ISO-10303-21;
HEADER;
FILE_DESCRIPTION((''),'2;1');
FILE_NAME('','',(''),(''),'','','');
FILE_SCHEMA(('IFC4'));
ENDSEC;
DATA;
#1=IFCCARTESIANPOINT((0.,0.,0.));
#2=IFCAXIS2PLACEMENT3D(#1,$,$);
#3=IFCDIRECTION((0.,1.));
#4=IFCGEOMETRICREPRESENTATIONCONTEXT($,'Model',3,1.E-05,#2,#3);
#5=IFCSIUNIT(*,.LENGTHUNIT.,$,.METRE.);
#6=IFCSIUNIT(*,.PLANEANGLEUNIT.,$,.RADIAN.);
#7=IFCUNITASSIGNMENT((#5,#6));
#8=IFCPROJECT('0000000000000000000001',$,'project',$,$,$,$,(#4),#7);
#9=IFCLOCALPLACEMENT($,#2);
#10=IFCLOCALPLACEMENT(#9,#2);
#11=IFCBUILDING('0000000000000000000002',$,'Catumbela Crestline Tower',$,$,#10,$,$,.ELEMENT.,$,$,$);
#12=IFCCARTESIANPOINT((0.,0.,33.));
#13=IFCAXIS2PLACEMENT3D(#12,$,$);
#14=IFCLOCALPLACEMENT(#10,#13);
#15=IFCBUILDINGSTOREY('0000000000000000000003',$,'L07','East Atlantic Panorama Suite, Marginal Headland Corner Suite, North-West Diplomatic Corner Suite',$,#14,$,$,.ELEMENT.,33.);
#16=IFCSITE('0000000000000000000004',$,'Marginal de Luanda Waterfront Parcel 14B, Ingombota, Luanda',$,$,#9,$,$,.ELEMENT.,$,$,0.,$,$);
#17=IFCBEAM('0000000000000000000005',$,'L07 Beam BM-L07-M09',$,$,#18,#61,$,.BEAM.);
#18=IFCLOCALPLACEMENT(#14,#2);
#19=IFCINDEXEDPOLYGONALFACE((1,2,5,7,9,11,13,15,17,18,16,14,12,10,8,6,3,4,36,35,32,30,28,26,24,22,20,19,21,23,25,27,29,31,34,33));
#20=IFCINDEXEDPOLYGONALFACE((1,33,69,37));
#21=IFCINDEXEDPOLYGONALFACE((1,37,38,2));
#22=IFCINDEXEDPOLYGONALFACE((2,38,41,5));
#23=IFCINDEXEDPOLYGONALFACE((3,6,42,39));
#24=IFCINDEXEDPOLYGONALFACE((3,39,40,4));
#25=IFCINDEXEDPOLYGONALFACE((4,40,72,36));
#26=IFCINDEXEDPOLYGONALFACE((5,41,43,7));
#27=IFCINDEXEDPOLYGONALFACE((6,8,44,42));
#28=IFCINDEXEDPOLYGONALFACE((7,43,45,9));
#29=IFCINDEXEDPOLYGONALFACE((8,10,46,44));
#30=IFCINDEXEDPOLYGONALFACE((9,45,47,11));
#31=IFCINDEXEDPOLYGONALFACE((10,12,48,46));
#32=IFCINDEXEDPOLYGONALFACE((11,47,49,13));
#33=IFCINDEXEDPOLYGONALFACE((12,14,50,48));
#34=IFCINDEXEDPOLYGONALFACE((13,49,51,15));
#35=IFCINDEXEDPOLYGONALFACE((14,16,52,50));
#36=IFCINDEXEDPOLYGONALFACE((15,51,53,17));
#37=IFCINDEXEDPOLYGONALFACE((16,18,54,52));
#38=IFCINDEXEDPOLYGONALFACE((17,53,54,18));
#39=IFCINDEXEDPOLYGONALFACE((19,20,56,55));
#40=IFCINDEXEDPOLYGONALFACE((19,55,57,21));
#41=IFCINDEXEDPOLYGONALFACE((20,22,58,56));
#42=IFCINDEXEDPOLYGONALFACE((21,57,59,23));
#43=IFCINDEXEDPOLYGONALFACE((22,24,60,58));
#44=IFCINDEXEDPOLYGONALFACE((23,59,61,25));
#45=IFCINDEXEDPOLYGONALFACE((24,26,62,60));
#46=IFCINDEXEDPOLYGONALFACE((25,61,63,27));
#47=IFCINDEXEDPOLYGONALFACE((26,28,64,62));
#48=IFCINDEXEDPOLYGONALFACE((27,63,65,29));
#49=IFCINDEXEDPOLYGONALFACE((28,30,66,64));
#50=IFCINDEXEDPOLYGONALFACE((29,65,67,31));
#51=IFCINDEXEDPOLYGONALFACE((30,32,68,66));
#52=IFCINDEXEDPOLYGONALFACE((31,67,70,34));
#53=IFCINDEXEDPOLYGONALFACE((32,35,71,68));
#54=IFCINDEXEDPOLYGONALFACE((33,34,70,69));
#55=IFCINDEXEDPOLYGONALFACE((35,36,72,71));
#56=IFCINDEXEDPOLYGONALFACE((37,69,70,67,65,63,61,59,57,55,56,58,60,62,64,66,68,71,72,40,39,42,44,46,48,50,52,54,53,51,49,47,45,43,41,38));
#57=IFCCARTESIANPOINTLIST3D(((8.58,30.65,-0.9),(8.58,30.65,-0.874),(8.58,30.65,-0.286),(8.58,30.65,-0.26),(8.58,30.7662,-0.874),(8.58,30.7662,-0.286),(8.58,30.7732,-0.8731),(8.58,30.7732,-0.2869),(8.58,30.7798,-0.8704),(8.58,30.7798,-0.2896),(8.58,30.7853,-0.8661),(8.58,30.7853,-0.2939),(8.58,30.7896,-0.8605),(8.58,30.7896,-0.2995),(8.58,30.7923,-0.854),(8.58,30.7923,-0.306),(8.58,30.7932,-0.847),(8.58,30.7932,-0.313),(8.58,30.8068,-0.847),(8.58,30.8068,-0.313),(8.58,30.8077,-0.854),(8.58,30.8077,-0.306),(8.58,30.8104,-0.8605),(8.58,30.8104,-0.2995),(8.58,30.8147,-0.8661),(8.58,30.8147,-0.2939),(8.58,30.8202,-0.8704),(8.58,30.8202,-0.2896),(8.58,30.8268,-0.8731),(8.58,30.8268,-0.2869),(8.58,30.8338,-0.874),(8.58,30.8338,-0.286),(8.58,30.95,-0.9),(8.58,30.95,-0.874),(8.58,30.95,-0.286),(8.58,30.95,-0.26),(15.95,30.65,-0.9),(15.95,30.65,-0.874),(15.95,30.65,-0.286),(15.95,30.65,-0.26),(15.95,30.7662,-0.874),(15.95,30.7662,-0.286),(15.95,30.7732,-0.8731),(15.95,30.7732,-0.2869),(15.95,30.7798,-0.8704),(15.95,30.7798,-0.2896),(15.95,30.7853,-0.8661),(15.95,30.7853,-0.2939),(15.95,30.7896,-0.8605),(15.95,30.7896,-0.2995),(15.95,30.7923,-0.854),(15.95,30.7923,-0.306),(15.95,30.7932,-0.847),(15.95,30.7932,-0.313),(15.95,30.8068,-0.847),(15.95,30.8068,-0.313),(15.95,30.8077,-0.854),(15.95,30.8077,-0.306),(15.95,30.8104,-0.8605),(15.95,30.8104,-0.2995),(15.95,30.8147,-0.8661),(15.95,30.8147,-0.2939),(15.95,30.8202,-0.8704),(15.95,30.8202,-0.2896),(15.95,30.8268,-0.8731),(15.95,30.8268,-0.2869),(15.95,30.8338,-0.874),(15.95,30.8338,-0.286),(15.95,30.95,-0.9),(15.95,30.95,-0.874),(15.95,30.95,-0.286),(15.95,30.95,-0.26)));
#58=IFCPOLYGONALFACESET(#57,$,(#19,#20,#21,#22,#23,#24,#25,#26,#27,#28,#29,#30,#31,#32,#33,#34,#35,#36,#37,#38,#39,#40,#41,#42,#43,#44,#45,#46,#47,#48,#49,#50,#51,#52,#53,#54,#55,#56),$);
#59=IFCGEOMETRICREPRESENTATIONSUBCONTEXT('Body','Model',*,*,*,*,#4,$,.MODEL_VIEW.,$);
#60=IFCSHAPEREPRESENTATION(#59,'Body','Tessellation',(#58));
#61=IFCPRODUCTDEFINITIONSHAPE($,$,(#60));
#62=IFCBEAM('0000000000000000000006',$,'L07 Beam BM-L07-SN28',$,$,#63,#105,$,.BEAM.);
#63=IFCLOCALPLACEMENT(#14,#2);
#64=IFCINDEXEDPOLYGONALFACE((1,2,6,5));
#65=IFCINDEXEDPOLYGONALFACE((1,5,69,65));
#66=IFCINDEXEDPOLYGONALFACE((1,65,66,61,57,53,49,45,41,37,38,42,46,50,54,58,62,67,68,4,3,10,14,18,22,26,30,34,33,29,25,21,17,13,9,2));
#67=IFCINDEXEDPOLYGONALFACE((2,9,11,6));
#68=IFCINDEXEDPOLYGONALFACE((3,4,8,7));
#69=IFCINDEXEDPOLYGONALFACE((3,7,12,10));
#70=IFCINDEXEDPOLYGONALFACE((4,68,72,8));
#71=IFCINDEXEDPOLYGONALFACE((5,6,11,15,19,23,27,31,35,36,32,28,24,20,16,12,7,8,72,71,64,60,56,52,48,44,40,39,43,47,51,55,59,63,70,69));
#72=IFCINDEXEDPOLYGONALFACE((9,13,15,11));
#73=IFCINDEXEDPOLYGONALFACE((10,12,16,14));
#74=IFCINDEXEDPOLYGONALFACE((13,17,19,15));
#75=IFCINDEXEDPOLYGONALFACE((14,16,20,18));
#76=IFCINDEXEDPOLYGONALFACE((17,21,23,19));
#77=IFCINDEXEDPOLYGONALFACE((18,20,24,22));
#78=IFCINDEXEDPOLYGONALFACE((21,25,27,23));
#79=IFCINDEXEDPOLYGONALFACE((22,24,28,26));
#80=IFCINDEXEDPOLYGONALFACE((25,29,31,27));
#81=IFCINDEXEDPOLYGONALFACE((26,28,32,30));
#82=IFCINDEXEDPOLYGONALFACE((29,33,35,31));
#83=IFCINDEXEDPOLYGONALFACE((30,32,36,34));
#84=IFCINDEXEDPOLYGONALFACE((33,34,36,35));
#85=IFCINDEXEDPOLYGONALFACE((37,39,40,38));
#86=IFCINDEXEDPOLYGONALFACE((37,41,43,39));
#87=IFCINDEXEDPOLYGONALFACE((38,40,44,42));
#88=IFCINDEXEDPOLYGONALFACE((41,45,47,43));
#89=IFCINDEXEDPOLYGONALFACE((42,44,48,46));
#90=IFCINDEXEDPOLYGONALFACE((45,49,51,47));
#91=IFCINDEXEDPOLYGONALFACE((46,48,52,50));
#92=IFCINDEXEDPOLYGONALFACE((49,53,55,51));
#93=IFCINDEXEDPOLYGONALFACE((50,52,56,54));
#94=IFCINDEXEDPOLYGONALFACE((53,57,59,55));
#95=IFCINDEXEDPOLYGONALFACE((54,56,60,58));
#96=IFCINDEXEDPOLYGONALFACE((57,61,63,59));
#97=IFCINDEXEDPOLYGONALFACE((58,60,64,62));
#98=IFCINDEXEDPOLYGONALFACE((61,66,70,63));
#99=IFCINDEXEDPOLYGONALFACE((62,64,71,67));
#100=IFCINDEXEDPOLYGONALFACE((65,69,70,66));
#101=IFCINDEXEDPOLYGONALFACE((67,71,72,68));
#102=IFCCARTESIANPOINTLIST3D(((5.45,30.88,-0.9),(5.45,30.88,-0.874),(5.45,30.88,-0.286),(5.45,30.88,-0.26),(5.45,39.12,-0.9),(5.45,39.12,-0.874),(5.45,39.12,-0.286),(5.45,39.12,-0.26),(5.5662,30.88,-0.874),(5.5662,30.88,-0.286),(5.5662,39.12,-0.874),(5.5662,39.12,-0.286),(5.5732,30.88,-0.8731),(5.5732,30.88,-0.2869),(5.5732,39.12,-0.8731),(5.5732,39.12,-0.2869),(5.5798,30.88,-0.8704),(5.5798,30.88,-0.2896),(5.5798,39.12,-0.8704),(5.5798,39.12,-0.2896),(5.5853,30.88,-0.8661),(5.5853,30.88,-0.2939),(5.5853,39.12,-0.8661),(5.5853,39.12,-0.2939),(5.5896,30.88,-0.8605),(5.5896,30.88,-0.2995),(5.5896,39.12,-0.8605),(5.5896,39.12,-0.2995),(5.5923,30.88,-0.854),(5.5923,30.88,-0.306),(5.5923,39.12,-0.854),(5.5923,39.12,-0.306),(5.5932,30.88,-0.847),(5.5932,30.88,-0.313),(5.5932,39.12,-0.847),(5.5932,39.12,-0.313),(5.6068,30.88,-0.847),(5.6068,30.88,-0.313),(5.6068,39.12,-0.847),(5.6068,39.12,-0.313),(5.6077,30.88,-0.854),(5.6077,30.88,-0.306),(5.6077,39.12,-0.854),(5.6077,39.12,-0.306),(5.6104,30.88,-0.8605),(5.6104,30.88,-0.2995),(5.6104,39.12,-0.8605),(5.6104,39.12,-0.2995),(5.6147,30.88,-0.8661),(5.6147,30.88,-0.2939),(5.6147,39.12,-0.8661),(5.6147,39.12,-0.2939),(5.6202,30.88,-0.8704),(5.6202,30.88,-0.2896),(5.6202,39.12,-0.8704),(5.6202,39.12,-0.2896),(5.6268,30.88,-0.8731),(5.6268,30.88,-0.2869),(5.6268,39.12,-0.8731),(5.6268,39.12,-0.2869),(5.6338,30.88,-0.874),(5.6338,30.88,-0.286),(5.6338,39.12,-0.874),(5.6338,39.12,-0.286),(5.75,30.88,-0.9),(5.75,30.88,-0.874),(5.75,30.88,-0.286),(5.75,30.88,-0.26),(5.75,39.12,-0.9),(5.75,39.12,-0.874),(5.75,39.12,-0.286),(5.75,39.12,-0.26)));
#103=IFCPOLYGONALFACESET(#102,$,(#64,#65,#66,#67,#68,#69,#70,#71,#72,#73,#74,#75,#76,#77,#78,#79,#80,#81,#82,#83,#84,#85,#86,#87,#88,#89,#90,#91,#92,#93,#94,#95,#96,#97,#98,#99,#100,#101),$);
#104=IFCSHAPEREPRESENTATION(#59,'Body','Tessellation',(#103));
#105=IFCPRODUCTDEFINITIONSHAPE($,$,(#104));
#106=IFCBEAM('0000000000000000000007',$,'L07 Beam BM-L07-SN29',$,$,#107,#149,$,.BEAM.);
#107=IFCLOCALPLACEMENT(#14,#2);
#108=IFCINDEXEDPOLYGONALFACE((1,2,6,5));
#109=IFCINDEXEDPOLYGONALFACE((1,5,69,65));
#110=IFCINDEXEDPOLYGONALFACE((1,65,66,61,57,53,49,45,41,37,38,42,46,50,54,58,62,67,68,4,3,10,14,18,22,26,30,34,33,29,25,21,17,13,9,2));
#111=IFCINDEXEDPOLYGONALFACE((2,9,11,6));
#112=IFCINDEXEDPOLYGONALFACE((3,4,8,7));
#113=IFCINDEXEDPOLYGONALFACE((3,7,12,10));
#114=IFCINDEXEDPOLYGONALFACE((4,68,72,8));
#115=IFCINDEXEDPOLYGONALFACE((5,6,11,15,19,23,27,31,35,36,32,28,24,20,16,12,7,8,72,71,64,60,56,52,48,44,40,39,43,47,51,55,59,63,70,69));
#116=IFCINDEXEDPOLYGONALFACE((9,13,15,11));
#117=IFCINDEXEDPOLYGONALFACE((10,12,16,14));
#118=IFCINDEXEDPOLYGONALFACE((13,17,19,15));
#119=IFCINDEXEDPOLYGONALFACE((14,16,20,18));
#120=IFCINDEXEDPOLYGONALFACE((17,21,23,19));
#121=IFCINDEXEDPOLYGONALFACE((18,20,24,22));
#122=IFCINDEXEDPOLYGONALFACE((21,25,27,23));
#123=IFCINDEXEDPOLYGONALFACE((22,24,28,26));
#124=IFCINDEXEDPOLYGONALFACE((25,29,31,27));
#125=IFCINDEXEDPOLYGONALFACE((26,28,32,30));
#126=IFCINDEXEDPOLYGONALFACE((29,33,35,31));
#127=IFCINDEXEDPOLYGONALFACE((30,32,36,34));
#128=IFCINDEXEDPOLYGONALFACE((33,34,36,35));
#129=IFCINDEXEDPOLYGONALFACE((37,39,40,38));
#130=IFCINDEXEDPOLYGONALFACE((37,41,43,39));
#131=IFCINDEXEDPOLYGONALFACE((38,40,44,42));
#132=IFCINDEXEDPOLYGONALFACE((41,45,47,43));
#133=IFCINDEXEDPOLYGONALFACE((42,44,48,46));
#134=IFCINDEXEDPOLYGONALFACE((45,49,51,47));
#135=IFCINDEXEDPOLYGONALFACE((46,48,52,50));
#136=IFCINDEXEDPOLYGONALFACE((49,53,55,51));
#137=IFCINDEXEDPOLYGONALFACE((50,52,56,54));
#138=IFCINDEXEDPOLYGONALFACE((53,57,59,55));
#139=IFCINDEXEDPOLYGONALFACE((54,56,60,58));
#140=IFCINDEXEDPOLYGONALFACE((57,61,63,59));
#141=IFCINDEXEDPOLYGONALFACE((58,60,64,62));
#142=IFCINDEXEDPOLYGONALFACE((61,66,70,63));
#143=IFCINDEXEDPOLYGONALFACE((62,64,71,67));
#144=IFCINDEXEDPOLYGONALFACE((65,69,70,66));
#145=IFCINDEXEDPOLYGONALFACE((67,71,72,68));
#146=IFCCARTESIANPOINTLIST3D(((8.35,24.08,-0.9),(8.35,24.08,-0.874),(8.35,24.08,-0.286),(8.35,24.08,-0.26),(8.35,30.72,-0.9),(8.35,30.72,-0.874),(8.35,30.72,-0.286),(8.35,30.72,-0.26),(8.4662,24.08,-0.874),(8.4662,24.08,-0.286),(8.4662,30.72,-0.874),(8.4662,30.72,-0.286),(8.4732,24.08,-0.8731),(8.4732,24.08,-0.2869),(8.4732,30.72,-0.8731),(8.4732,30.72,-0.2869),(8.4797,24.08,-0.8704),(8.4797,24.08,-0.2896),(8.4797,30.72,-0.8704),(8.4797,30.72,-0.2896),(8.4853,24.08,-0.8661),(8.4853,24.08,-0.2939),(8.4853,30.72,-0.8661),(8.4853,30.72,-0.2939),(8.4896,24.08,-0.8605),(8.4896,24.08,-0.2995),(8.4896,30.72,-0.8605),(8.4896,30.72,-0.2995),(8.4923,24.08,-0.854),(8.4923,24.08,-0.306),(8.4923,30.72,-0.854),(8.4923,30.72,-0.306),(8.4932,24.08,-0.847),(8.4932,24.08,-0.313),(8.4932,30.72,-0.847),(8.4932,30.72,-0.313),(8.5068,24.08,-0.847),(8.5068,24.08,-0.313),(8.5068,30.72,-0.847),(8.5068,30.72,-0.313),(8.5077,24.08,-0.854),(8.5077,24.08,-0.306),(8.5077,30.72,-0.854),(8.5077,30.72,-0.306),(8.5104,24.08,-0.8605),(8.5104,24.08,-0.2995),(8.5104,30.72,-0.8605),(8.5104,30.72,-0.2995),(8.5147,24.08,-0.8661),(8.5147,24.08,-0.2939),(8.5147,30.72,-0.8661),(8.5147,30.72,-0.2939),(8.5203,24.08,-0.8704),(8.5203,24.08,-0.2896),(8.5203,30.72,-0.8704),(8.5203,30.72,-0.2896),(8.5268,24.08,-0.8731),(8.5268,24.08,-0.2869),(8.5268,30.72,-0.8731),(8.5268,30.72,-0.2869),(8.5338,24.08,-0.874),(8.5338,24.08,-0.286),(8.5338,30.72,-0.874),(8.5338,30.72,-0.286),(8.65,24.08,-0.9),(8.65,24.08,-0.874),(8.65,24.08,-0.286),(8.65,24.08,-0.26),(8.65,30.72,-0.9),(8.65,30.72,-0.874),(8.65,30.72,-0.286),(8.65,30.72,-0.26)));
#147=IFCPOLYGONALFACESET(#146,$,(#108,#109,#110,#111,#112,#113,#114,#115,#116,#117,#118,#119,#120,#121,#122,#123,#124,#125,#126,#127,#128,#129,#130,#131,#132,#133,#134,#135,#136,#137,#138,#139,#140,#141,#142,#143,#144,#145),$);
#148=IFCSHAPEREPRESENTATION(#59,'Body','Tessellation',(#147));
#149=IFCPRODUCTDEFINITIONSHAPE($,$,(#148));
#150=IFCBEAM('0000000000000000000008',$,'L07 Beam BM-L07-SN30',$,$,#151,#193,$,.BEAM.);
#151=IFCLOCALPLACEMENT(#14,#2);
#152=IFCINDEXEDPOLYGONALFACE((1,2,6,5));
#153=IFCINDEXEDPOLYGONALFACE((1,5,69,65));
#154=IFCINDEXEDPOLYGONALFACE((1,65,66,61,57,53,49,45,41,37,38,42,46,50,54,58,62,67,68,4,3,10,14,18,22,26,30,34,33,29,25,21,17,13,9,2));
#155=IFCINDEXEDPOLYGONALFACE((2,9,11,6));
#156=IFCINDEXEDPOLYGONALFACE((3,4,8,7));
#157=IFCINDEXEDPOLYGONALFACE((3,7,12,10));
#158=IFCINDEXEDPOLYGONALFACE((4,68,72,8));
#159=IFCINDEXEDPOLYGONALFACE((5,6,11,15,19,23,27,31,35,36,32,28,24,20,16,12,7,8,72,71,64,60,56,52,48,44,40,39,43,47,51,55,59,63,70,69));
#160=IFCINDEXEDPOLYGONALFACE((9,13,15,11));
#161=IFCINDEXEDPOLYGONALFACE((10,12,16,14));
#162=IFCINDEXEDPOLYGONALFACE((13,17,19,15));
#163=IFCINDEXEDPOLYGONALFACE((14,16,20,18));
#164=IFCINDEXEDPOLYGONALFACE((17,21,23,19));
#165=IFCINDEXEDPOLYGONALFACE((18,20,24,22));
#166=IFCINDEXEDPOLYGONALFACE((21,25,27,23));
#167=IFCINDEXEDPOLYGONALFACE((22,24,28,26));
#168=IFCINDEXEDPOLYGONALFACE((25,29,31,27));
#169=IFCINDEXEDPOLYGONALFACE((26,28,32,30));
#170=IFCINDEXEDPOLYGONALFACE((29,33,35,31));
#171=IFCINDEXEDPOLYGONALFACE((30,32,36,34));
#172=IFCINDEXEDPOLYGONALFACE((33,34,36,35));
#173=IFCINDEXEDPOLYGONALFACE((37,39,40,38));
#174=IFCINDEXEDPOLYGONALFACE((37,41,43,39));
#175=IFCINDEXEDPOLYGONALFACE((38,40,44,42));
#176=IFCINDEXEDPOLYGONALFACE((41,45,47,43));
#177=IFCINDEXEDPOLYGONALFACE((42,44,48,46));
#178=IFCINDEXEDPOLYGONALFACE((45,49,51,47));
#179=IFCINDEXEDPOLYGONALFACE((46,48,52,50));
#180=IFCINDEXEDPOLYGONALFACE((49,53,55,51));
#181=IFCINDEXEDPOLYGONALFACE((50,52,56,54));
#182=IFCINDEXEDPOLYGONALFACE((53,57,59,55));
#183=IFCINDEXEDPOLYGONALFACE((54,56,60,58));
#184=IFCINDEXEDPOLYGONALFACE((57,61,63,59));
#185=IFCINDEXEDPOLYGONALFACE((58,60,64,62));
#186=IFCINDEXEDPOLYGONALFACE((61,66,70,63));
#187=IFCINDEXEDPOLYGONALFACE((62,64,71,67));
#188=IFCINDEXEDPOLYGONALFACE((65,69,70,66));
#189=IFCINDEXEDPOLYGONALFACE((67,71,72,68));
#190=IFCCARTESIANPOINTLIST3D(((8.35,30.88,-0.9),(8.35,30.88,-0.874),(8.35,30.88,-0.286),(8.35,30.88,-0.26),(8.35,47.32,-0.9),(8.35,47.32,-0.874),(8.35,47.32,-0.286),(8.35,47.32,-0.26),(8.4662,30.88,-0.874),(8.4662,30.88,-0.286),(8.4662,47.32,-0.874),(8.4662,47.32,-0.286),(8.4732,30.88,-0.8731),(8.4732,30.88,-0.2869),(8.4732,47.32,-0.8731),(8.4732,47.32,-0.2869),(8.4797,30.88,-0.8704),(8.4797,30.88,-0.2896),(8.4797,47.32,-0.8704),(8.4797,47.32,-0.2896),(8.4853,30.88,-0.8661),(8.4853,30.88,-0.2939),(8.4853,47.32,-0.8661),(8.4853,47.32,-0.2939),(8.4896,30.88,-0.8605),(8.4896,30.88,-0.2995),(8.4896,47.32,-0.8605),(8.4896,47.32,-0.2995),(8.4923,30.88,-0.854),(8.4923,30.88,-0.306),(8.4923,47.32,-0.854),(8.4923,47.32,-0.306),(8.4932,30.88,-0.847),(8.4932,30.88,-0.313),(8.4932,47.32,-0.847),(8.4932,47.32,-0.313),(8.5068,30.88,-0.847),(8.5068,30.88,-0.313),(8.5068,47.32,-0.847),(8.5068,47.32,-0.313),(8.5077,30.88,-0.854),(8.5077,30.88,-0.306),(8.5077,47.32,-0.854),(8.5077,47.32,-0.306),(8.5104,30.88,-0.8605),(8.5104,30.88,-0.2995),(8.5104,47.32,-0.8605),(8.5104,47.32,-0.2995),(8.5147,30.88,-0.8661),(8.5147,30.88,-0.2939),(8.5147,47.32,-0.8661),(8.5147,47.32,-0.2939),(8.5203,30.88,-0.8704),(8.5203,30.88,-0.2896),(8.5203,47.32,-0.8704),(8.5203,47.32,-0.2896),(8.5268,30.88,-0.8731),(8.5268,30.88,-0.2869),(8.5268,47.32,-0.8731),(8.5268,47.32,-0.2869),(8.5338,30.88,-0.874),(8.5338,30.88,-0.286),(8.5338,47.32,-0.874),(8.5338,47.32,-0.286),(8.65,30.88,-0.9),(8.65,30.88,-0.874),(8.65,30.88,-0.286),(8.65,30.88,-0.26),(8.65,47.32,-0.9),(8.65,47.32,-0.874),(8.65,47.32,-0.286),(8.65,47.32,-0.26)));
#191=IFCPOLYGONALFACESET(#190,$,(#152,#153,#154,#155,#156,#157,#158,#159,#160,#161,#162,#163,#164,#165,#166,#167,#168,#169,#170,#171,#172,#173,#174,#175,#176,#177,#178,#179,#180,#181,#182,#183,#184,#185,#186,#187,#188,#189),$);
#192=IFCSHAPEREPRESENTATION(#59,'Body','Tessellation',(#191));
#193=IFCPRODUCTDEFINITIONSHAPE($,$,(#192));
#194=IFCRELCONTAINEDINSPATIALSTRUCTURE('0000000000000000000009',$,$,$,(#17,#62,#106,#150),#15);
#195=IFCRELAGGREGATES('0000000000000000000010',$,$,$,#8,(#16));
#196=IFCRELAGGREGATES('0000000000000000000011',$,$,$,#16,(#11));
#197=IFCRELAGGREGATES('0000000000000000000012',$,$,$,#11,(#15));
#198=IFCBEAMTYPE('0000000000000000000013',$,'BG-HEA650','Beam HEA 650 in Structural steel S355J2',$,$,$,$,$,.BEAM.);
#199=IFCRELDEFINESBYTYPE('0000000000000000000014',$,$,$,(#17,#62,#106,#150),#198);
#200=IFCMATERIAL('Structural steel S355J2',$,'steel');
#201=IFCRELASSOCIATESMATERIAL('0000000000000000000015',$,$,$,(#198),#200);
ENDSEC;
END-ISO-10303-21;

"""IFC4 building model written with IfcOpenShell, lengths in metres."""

from ifc_helpers import new_model, si_unit, direction, frame, origin, origin_2d, place, context, subcontext, project, spatial, i_section, extrude, material, material_profile, profile_set, type_object, element, save


model = new_model("IFC4")

# Units and contexts
model_context = context("Model", 3, precision=1e-05, world=origin(), true_north=direction((0.0, 1.0)))
body_context = subcontext(model_context, "Body", "Model", "MODEL_VIEW")
ifc_project = project(units=[si_unit("LENGTHUNIT", "METRE"), si_unit("PLANEANGLEUNIT", "RADIAN")], contexts=[model_context])

# Site, building, storey
site_placement = place(None, origin())
site = spatial("IfcSite", under=ifc_project, at=site_placement, Name="Marginal de Luanda Waterfront Parcel 14B, Ingombota, Luanda", CompositionType="ELEMENT", RefElevation=0.0)
building_placement = place(site_placement, origin())
building = spatial("IfcBuilding", under=site, at=building_placement, Name="Catumbela Crestline Tower", CompositionType="ELEMENT")
storey_placement = place(building_placement, frame((0.0, 0.0, 33.0)))
storey = spatial("IfcBuildingStorey", under=building, at=storey_placement, Name="L07", Description="East Atlantic Panorama Suite, Marginal Headland Corner Suite, North-West Diplomatic Corner Suite", CompositionType="ELEMENT", Elevation=33.0)

# Beams
ifc_material_1 = material(Name="Structural steel S355J2", Category="steel")
ifc_material_profile_1 = material_profile(ifc_material_1, i_section(OverallWidth=0.3, OverallDepth=0.64, WebThickness=0.0135, FlangeThickness=0.026, FilletRadius=0.027, at=origin_2d()), Name="HEA 650")
ifc_profile_set_1 = profile_set([ifc_material_profile_1], Name="Structural steel S355J2")
beam_type = type_object("IfcBeamType", Name="BG-HEA650", Description="Beam HEA 650 in Structural steel S355J2", PredefinedType="BEAM", material=ifc_profile_set_1)
beam_1_placement = place(storey_placement, frame((8.58, 30.8, -0.58), z_axis=(1.0, 0.0, 0.0), x_axis=(0.0, 1.0, 0.0)))
element("IfcBeam", 1, at=beam_1_placement, inside=storey, type_object=beam_type, Name="L07 Beam BM-L07-M09", PredefinedType="BEAM", context=body_context, shape_type="SweptSolid", body=[
    extrude(i_section(OverallWidth=0.3, OverallDepth=0.64, WebThickness=0.0135, FlangeThickness=0.026, FilletRadius=0.027, at=origin_2d()), origin(), (0.0, 0.0, 1.0), 7.37),
])
beam_2_placement = place(storey_placement, frame((5.6, 30.88, -0.58), z_axis=(0.0, 1.0, 0.0), x_axis=(-1.0, 0.0, 0.0)))
element("IfcBeam", 2, at=beam_2_placement, inside=storey, type_object=beam_type, Name="L07 Beam BM-L07-SN28", PredefinedType="BEAM", context=body_context, shape_type="SweptSolid", body=[
    extrude(i_section(OverallWidth=0.3, OverallDepth=0.64, WebThickness=0.0135, FlangeThickness=0.026, FilletRadius=0.027, at=origin_2d()), origin(), (0.0, 0.0, 1.0), 8.24),
])
beam_3_placement = place(storey_placement, frame((8.5, 24.08, -0.58), z_axis=(0.0, 1.0, 0.0), x_axis=(-1.0, 0.0, 0.0)))
element("IfcBeam", 3, at=beam_3_placement, inside=storey, type_object=beam_type, Name="L07 Beam BM-L07-SN29", PredefinedType="BEAM", context=body_context, shape_type="SweptSolid", body=[
    extrude(i_section(OverallWidth=0.3, OverallDepth=0.64, WebThickness=0.0135, FlangeThickness=0.026, FilletRadius=0.027, at=origin_2d()), origin(), (0.0, 0.0, 1.0), 6.64),
])
beam_4_placement = place(storey_placement, frame((8.5, 30.88, -0.58), z_axis=(0.0, 1.0, 0.0), x_axis=(-1.0, 0.0, 0.0)))
element("IfcBeam", 4, at=beam_4_placement, inside=storey, type_object=beam_type, Name="L07 Beam BM-L07-SN30", PredefinedType="BEAM", context=body_context, shape_type="SweptSolid", body=[
    extrude(i_section(OverallWidth=0.3, OverallDepth=0.64, WebThickness=0.0135, FlangeThickness=0.026, FilletRadius=0.027, at=origin_2d()), origin(), (0.0, 0.0, 1.0), 16.44),
])

save(model, "model.ifc")
